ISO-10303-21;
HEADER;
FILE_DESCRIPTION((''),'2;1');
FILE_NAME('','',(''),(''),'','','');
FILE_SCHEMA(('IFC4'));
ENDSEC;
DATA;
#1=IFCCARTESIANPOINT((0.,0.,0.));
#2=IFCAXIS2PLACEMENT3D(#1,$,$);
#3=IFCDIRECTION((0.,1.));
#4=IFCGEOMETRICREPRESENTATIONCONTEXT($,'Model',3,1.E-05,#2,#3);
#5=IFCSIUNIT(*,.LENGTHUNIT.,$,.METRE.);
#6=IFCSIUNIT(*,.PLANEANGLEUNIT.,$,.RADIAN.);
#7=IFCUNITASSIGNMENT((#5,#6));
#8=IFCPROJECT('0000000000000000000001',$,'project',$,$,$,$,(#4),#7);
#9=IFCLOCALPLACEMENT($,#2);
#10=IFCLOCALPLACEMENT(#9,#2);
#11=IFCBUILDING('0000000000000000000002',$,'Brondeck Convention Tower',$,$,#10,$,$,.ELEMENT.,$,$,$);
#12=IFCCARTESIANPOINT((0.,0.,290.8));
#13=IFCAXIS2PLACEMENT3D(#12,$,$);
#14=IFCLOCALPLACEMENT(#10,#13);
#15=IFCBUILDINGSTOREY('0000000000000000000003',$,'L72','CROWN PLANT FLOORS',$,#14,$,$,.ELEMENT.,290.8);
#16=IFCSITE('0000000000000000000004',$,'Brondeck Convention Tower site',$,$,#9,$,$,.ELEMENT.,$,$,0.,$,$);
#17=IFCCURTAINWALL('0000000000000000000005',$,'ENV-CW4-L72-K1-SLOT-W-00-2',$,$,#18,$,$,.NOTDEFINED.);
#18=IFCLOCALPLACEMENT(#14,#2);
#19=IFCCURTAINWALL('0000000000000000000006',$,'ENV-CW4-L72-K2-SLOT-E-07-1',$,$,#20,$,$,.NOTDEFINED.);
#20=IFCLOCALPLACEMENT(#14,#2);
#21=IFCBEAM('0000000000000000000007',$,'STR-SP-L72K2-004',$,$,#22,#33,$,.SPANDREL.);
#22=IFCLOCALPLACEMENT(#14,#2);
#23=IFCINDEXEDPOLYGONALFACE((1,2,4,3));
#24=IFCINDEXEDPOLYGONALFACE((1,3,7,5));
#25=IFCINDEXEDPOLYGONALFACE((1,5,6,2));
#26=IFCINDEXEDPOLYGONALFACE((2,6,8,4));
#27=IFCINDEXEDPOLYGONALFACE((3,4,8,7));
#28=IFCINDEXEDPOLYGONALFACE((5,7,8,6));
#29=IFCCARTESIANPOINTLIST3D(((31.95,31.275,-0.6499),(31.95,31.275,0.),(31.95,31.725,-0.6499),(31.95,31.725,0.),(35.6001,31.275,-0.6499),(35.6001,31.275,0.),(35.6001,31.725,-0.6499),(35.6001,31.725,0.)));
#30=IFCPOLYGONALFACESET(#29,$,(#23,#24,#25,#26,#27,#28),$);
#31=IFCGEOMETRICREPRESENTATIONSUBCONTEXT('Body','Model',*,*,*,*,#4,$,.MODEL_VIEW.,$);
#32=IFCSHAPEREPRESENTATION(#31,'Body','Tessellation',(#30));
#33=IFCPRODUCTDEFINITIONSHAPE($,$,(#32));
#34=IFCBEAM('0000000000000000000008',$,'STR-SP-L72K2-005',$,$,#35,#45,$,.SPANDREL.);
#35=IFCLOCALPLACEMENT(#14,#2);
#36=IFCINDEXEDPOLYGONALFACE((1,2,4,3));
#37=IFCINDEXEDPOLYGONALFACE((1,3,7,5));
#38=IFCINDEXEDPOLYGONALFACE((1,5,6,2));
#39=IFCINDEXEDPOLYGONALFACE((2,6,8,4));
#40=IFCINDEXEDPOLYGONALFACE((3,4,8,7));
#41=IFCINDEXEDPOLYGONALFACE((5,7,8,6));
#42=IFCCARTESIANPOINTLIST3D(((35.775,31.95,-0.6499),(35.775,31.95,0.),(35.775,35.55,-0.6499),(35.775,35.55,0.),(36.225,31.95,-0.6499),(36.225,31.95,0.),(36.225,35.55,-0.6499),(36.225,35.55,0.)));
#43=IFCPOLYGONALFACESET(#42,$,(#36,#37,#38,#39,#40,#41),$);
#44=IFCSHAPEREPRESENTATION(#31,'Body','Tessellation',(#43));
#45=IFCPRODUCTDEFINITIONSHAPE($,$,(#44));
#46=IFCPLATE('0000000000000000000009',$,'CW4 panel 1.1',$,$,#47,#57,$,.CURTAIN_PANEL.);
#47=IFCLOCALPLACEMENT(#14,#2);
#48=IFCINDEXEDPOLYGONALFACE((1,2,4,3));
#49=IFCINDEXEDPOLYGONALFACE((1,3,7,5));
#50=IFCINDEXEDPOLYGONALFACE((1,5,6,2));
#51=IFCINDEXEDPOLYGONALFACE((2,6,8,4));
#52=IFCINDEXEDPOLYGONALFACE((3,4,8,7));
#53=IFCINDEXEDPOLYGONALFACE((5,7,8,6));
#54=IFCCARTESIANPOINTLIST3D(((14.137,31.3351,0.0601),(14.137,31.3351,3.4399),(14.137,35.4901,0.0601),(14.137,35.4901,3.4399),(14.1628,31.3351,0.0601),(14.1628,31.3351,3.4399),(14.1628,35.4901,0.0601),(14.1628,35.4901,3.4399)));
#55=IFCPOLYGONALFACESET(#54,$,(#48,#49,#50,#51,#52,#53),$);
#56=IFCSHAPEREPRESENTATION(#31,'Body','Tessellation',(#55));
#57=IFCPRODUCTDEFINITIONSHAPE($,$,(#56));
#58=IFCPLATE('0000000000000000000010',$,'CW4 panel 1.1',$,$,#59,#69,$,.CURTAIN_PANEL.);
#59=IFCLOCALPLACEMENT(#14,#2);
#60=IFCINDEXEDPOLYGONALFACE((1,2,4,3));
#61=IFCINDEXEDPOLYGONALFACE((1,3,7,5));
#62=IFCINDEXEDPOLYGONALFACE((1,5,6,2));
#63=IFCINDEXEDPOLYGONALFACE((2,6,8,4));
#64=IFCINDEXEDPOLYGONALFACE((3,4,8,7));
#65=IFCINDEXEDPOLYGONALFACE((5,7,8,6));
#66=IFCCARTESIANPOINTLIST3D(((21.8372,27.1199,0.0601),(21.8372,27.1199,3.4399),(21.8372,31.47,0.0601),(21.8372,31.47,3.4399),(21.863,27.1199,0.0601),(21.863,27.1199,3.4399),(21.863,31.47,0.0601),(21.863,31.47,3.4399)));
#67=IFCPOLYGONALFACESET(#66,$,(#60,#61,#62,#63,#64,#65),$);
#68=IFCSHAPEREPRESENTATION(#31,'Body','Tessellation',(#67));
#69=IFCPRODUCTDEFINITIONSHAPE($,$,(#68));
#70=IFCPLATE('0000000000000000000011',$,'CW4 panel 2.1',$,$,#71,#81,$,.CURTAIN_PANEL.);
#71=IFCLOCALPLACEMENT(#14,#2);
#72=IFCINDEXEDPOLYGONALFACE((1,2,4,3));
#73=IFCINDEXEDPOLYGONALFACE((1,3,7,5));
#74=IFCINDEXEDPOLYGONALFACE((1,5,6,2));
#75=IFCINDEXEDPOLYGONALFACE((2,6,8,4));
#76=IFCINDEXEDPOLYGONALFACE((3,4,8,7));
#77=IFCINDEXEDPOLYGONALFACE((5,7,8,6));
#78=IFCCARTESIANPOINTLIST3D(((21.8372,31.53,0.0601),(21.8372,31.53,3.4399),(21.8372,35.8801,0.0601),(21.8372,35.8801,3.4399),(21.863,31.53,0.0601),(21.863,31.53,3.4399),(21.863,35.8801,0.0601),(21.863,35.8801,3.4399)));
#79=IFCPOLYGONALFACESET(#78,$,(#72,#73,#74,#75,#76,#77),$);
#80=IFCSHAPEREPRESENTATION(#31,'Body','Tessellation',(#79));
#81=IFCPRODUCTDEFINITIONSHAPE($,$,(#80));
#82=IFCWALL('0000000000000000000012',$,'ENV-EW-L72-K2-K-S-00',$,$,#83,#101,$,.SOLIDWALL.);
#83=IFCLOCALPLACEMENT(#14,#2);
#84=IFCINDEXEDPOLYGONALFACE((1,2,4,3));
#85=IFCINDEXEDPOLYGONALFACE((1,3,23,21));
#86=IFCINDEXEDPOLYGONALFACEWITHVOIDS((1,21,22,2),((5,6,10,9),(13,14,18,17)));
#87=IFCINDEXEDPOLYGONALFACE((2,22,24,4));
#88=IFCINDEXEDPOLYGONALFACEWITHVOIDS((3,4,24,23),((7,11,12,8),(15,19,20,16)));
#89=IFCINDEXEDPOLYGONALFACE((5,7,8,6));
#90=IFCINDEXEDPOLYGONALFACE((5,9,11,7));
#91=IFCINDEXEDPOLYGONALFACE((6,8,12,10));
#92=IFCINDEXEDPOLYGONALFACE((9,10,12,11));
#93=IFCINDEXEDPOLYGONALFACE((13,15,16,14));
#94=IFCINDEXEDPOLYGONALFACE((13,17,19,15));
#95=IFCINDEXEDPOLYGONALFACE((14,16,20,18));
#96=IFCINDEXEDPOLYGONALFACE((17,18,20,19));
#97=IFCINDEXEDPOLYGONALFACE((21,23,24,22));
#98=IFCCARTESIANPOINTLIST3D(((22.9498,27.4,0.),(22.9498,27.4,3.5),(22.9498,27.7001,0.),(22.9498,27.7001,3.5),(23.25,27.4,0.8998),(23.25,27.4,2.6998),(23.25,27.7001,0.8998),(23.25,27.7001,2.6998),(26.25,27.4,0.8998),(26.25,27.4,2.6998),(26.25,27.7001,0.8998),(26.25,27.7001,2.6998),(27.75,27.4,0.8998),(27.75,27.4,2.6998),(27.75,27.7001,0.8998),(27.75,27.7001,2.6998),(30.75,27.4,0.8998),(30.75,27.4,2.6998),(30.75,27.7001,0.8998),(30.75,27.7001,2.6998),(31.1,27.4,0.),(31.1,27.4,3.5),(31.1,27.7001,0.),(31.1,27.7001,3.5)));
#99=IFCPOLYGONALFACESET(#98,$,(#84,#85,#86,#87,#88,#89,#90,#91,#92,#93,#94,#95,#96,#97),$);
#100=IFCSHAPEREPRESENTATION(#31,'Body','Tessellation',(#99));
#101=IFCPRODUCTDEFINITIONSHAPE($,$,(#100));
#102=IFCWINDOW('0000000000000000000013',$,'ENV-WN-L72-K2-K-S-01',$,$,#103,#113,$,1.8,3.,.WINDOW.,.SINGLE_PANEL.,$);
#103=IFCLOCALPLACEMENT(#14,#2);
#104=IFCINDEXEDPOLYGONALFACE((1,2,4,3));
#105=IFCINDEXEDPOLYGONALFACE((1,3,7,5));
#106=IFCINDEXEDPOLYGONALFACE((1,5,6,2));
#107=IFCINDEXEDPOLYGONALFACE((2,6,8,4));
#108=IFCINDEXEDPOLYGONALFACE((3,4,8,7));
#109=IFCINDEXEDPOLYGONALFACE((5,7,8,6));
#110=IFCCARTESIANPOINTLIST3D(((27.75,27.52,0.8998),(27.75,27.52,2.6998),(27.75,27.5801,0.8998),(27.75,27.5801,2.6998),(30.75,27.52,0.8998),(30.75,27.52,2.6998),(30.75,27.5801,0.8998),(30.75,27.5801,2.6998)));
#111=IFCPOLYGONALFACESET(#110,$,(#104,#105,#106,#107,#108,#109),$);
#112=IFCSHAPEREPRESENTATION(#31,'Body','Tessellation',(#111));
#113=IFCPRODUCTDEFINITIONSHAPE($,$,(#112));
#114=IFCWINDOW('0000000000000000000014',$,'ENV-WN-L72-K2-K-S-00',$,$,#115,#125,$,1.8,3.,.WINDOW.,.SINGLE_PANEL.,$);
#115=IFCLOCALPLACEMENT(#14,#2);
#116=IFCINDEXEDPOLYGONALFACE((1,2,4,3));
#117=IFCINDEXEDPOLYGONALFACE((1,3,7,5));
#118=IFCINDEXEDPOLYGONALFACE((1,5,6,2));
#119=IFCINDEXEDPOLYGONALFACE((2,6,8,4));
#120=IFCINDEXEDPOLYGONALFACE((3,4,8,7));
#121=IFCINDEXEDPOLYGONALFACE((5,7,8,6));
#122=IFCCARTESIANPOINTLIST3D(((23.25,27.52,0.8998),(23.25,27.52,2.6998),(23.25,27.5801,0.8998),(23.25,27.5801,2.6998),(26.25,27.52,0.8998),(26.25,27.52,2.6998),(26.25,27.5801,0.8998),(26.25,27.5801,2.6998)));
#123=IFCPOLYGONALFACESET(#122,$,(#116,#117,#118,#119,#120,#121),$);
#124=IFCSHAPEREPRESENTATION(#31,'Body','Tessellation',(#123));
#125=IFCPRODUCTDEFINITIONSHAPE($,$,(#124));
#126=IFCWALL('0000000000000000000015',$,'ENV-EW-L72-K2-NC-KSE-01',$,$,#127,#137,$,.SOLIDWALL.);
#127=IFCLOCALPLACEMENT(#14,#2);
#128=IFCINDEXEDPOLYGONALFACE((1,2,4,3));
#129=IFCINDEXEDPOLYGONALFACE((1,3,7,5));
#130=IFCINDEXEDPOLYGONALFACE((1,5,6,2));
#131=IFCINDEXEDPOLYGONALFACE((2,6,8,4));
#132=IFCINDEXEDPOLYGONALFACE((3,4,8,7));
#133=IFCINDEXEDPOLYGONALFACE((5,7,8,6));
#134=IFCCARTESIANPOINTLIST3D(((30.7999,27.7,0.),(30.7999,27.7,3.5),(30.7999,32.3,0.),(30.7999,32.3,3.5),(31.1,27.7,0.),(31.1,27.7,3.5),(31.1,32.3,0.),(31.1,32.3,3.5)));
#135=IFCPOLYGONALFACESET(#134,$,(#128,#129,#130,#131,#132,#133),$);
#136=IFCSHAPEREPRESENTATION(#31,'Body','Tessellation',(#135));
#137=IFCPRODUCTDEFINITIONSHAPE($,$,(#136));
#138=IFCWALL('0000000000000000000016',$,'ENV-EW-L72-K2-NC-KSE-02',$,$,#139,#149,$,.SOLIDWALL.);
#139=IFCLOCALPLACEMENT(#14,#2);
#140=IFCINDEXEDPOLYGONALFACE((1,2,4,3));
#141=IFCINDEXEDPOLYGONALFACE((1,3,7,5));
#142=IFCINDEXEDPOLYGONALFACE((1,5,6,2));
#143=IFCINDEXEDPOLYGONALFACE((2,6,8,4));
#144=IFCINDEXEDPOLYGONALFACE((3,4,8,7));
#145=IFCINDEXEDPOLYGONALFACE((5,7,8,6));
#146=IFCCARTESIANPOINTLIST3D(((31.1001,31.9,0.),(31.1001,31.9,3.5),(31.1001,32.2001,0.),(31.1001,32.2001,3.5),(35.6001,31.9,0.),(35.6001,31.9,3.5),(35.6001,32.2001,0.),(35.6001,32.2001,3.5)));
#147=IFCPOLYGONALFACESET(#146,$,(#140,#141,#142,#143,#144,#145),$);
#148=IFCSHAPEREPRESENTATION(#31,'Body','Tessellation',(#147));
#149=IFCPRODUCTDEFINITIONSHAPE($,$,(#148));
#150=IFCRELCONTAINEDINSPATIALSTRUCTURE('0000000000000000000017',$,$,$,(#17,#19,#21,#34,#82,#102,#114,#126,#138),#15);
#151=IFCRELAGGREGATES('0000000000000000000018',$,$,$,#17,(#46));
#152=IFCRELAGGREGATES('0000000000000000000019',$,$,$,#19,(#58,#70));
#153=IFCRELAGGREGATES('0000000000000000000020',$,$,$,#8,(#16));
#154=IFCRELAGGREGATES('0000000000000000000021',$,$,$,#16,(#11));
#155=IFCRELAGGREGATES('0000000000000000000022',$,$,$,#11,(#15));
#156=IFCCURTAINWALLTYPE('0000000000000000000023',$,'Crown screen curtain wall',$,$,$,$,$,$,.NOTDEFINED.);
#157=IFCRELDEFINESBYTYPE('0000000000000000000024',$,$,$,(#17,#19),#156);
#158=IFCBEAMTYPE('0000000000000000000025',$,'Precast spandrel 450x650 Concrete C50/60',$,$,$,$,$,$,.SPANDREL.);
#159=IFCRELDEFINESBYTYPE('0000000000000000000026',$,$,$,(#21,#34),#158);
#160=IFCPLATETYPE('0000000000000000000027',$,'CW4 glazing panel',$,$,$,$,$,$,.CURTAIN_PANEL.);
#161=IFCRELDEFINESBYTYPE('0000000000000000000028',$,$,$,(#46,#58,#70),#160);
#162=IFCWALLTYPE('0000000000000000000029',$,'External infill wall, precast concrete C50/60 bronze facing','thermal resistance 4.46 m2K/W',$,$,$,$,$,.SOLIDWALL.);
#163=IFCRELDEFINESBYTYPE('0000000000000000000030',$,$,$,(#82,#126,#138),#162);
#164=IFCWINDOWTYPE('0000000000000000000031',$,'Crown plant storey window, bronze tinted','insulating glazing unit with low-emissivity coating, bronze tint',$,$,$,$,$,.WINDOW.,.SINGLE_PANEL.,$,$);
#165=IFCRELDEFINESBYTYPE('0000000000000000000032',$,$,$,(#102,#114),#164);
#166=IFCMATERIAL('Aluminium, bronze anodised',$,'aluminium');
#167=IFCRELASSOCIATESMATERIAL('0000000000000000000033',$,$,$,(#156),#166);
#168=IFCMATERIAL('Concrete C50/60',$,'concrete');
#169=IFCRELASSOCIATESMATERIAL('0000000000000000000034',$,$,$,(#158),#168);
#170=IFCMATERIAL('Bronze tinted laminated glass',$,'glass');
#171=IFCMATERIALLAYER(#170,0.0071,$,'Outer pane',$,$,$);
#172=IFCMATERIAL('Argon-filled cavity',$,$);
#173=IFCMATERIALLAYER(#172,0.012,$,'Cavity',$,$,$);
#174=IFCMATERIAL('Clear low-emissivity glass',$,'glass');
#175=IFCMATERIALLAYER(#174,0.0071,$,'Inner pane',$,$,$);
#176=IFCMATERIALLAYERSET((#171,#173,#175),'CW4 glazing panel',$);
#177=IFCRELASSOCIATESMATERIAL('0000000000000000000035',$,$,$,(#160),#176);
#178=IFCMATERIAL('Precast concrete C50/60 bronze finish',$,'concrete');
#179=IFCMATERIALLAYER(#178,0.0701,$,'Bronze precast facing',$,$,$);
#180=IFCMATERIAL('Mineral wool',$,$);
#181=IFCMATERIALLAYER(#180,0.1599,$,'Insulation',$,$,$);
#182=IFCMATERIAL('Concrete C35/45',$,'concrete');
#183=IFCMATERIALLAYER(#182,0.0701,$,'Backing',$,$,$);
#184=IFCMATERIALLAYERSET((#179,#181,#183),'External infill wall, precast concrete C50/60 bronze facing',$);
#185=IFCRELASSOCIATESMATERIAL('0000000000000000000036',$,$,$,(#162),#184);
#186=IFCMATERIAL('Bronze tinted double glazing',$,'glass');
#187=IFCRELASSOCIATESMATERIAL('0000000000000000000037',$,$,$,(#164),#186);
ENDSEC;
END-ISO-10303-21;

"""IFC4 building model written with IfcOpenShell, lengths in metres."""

from ifc_helpers import new_model, si_unit, direction, frame, frame_2d, origin, origin_2d, place, context, subcontext, project, spatial, rectangle, extrude, material, layer, layer_set, material_profile, profile_set, type_object, element, fill, aggregate, save


model = new_model("IFC4")

# Units and contexts
model_context = context("Model", 3, precision=1e-05, world=origin(), true_north=direction((0.0, 1.0)))
body_context = subcontext(model_context, "Body", "Model", "MODEL_VIEW")
ifc_project = project(units=[si_unit("LENGTHUNIT", "METRE"), si_unit("PLANEANGLEUNIT", "RADIAN")], contexts=[model_context])

# Site, building, storey
site_placement = place(None, origin())
site = spatial("IfcSite", under=ifc_project, at=site_placement, Name="Brondeck Convention Tower site", CompositionType="ELEMENT", RefElevation=0.0)
building_placement = place(site_placement, origin())
building = spatial("IfcBuilding", under=site, at=building_placement, Name="Brondeck Convention Tower", CompositionType="ELEMENT")
storey_placement = place(building_placement, frame((0.0, 0.0, 290.8)))
storey = spatial("IfcBuildingStorey", under=building, at=storey_placement, Name="L72", Description="CROWN PLANT FLOORS", CompositionType="ELEMENT", Elevation=290.8)

# Shared definitions
ifc_material_1 = material(Name="Concrete C50/60", Category="concrete")

# Curtain wall
ifc_material_2 = material(Name="Aluminium, bronze anodised", Category="aluminium")
curtain_wall_type = type_object("IfcCurtainWallType", Name="Crown screen curtain wall", PredefinedType="NOTDEFINED", material=ifc_material_2)
curtain_wall_1_placement = place(storey_placement, origin())
curtain_wall_1 = element("IfcCurtainWall", 1, at=curtain_wall_1_placement, inside=storey, type_object=curtain_wall_type, Name="ENV-CW4-L72-K1-SLOT-W-00-2", PredefinedType="NOTDEFINED")

# Curtain wall
curtain_wall_2_placement = place(storey_placement, origin())
curtain_wall_2 = element("IfcCurtainWall", 2, at=curtain_wall_2_placement, inside=storey, type_object=curtain_wall_type, Name="ENV-CW4-L72-K2-SLOT-E-07-1", PredefinedType="NOTDEFINED")

# Beams
ifc_material_profile_1 = material_profile(ifc_material_1, rectangle(XDim=0.45, YDim=0.6499, at=origin_2d()), Name="Precast spandrel 450x650 Concrete C50/60")
ifc_profile_set_1 = profile_set([ifc_material_profile_1], Name="Concrete C50/60")
beam_type = type_object("IfcBeamType", Name="Precast spandrel 450x650 Concrete C50/60", PredefinedType="SPANDREL", material=ifc_profile_set_1)
for number, where, z_axis, x_axis, name in (
    (3, (31.95, 31.5, -0.325), (1.0, 0.0, 0.0), (0.0, 1.0, 0.0), "STR-SP-L72K2-004"),
):
    element("IfcBeam", number, at=place(storey_placement, frame(where, z_axis=z_axis, x_axis=x_axis)), inside=storey, type_object=beam_type, Name=name, PredefinedType="SPANDREL", context=body_context, shape_type="SweptSolid", body=[
        extrude(rectangle(XDim=0.45, YDim=0.6499, at=origin_2d()), origin(), (0.0, 0.0, 1.0), 3.6501),
    ])
beam_placement = place(storey_placement, frame((36.0, 31.95, -0.325), z_axis=(0.0, 1.0, 0.0), x_axis=(-1.0, 0.0, 0.0)))
element("IfcBeam", 4, at=beam_placement, inside=storey, type_object=beam_type, Name="STR-SP-L72K2-005", PredefinedType="SPANDREL", context=body_context, shape_type="SweptSolid", body=[
    extrude(rectangle(XDim=0.45, YDim=0.6499, at=origin_2d()), origin(), (0.0, 0.0, 1.0), 3.6001),
])

# Plates
ifc_material_3 = material(Name="Bronze tinted laminated glass", Category="glass")
ifc_layer_1 = layer(ifc_material_3, 0.0071, Name="Outer pane")
ifc_material_4 = material(Name="Argon-filled cavity")
ifc_layer_2 = layer(ifc_material_4, 0.012, Name="Cavity")
ifc_material_5 = material(Name="Clear low-emissivity glass", Category="glass")
ifc_layer_3 = layer(ifc_material_5, 0.0071, Name="Inner pane")
ifc_layer_set_1 = layer_set([ifc_layer_1, ifc_layer_2, ifc_layer_3], Name="CW4 glazing panel")
plate_type = type_object("IfcPlateType", Name="CW4 glazing panel", PredefinedType="CURTAIN_PANEL", material=ifc_layer_set_1)
plate_1_placement = place(storey_placement, frame((14.1499, 33.4126, 0.0601), z_axis=(0.0, 0.0, 1.0), x_axis=(0.0, -1.0, 0.0)))
plate_1 = element("IfcPlate", 5, at=plate_1_placement, type_object=plate_type, Name="CW4 panel 1.1", PredefinedType="CURTAIN_PANEL", context=body_context, shape_type="SweptSolid", body=[
    extrude(rectangle(XDim=4.155, YDim=0.0259, at=origin_2d()), origin(), (0.0, 0.0, 1.0), 3.3799),
])
aggregate(curtain_wall_1, [plate_1])
plate_2_placement = place(storey_placement, frame((21.8501, 29.2949, 0.0601), z_axis=(0.0, 0.0, 1.0), x_axis=(0.0, 1.0, 0.0)))
plate_2 = element("IfcPlate", 6, at=plate_2_placement, type_object=plate_type, Name="CW4 panel 1.1", PredefinedType="CURTAIN_PANEL", context=body_context, shape_type="SweptSolid", body=[
    extrude(rectangle(XDim=4.3501, YDim=0.0259, at=origin_2d()), origin(), (0.0, 0.0, 1.0), 3.3799),
])
plate_3_placement = place(storey_placement, frame((21.8501, 33.7051, 0.0601), z_axis=(0.0, 0.0, 1.0), x_axis=(0.0, 1.0, 0.0)))
plate_3 = element("IfcPlate", 7, at=plate_3_placement, type_object=plate_type, Name="CW4 panel 2.1", PredefinedType="CURTAIN_PANEL", context=body_context, shape_type="SweptSolid", body=[
    extrude(rectangle(XDim=4.3501, YDim=0.0259, at=origin_2d()), origin(), (0.0, 0.0, 1.0), 3.3799),
])
aggregate(curtain_wall_2, [plate_2, plate_3])

# Wall, openings, windows
ifc_material_6 = material(Name="Precast concrete C50/60 bronze finish", Category="concrete")
ifc_layer_4 = layer(ifc_material_6, 0.0701, Name="Bronze precast facing")
ifc_material_7 = material(Name="Mineral wool")
ifc_layer_5 = layer(ifc_material_7, 0.1599, Name="Insulation")
ifc_material_8 = material(Name="Concrete C35/45", Category="concrete")
ifc_layer_6 = layer(ifc_material_8, 0.0701, Name="Backing")
ifc_layer_set_2 = layer_set([ifc_layer_4, ifc_layer_5, ifc_layer_6], Name="External infill wall, precast concrete C50/60 bronze facing")
wall_type_1 = type_object("IfcWallType", Name="External infill wall, precast concrete C50/60 bronze facing", Description="thermal resistance 4.46 m2K/W", PredefinedType="SOLIDWALL", material=ifc_layer_set_2)
wall_1_placement = place(storey_placement, frame((31.1001, 27.55, 0.0), z_axis=(0.0, 0.0, 1.0), x_axis=(-1.0, 0.0, 0.0)))
wall_1 = element("IfcWall", 8, at=wall_1_placement, inside=storey, type_object=wall_type_1, Name="ENV-EW-L72-K2-K-S-00", PredefinedType="SOLIDWALL", context=body_context, shape_type="SweptSolid", body=[
    extrude(rectangle(XDim=8.1501, YDim=0.3, at=frame_2d((4.0752, 0.0))), origin(), (0.0, 0.0, 1.0), 3.5),
])
opening_1_placement = place(wall_1_placement, frame((0.3501, 0.0, 0.8999)))
opening_1 = element("IfcOpeningElement", 9, at=opening_1_placement, cuts=wall_1, PredefinedType="OPENING", context=body_context, shape_type="SweptSolid", body=[
    extrude(rectangle(XDim=3.0, YDim=1.8, at=frame_2d((1.5, 0.8999))), frame((0.0, 0.1599, 0.0), z_axis=(0.0, -1.0, 0.0), x_axis=(1.0, 0.0, 0.0)), (0.0, 0.0, 1.0), 0.3201),
])
opening_2_placement = place(wall_1_placement, frame((4.8501, 0.0, 0.8999)))
opening_2 = element("IfcOpeningElement", 10, at=opening_2_placement, cuts=wall_1, PredefinedType="OPENING", context=body_context, shape_type="SweptSolid", body=[
    extrude(rectangle(XDim=3.0, YDim=1.8, at=frame_2d((1.5, 0.8999))), frame((0.0, 0.1599, 0.0), z_axis=(0.0, -1.0, 0.0), x_axis=(1.0, 0.0, 0.0)), (0.0, 0.0, 1.0), 0.3201),
])
ifc_material_9 = material(Name="Bronze tinted double glazing", Category="glass")
window_type = type_object("IfcWindowType", Name="Crown plant storey window, bronze tinted", Description="insulating glazing unit with low-emissivity coating, bronze tint", PartitioningType="SINGLE_PANEL", PredefinedType="WINDOW", material=ifc_material_9)
window_1_placement = place(opening_1_placement, origin())
window_1 = element("IfcWindow", 11, at=window_1_placement, inside=storey, type_object=window_type, Name="ENV-WN-L72-K2-K-S-01", OverallHeight=1.8, OverallWidth=3.0, PartitioningType="SINGLE_PANEL", PredefinedType="WINDOW", context=body_context, shape_type="SweptSolid", body=[
    extrude(rectangle(XDim=3.0, YDim=1.8, at=frame_2d((1.5, 0.8999))), frame((0.0, 0.03, 0.0), z_axis=(0.0, -1.0, 0.0), x_axis=(1.0, 0.0, 0.0)), (0.0, 0.0, 1.0), 0.0601),
])
fill(opening_1, window_1)
window_2_placement = place(opening_2_placement, origin())
window_2 = element("IfcWindow", 12, at=window_2_placement, inside=storey, type_object=window_type, Name="ENV-WN-L72-K2-K-S-00", OverallHeight=1.8, OverallWidth=3.0, PartitioningType="SINGLE_PANEL", PredefinedType="WINDOW", context=body_context, shape_type="SweptSolid", body=[
    extrude(rectangle(XDim=3.0, YDim=1.8, at=frame_2d((1.5, 0.8999))), frame((0.0, 0.03, 0.0), z_axis=(0.0, -1.0, 0.0), x_axis=(1.0, 0.0, 0.0)), (0.0, 0.0, 1.0), 0.0601),
])
fill(opening_2, window_2)

# Walls
wall_2_placement = place(storey_placement, frame((30.95, 32.3, 0.0), z_axis=(0.0, 0.0, 1.0), x_axis=(0.0, -1.0, 0.0)))
element("IfcWall", 13, at=wall_2_placement, inside=storey, type_object=wall_type_1, Name="ENV-EW-L72-K2-NC-KSE-01", PredefinedType="SOLIDWALL", context=body_context, shape_type="SweptSolid", body=[
    extrude(rectangle(XDim=4.6001, YDim=0.3, at=frame_2d((2.3, 0.0))), origin(), (0.0, 0.0, 1.0), 3.5),
])
wall_3_placement = place(storey_placement, frame((35.6001, 32.05, 0.0), z_axis=(0.0, 0.0, 1.0), x_axis=(-1.0, 0.0, 0.0)))
element("IfcWall", 14, at=wall_3_placement, inside=storey, type_object=wall_type_1, Name="ENV-EW-L72-K2-NC-KSE-02", PredefinedType="SOLIDWALL", context=body_context, shape_type="SweptSolid", body=[
    extrude(rectangle(XDim=4.5, YDim=0.3, at=frame_2d((2.25, 0.0))), origin(), (0.0, 0.0, 1.0), 3.5),
])

save(model, "model.ifc")
